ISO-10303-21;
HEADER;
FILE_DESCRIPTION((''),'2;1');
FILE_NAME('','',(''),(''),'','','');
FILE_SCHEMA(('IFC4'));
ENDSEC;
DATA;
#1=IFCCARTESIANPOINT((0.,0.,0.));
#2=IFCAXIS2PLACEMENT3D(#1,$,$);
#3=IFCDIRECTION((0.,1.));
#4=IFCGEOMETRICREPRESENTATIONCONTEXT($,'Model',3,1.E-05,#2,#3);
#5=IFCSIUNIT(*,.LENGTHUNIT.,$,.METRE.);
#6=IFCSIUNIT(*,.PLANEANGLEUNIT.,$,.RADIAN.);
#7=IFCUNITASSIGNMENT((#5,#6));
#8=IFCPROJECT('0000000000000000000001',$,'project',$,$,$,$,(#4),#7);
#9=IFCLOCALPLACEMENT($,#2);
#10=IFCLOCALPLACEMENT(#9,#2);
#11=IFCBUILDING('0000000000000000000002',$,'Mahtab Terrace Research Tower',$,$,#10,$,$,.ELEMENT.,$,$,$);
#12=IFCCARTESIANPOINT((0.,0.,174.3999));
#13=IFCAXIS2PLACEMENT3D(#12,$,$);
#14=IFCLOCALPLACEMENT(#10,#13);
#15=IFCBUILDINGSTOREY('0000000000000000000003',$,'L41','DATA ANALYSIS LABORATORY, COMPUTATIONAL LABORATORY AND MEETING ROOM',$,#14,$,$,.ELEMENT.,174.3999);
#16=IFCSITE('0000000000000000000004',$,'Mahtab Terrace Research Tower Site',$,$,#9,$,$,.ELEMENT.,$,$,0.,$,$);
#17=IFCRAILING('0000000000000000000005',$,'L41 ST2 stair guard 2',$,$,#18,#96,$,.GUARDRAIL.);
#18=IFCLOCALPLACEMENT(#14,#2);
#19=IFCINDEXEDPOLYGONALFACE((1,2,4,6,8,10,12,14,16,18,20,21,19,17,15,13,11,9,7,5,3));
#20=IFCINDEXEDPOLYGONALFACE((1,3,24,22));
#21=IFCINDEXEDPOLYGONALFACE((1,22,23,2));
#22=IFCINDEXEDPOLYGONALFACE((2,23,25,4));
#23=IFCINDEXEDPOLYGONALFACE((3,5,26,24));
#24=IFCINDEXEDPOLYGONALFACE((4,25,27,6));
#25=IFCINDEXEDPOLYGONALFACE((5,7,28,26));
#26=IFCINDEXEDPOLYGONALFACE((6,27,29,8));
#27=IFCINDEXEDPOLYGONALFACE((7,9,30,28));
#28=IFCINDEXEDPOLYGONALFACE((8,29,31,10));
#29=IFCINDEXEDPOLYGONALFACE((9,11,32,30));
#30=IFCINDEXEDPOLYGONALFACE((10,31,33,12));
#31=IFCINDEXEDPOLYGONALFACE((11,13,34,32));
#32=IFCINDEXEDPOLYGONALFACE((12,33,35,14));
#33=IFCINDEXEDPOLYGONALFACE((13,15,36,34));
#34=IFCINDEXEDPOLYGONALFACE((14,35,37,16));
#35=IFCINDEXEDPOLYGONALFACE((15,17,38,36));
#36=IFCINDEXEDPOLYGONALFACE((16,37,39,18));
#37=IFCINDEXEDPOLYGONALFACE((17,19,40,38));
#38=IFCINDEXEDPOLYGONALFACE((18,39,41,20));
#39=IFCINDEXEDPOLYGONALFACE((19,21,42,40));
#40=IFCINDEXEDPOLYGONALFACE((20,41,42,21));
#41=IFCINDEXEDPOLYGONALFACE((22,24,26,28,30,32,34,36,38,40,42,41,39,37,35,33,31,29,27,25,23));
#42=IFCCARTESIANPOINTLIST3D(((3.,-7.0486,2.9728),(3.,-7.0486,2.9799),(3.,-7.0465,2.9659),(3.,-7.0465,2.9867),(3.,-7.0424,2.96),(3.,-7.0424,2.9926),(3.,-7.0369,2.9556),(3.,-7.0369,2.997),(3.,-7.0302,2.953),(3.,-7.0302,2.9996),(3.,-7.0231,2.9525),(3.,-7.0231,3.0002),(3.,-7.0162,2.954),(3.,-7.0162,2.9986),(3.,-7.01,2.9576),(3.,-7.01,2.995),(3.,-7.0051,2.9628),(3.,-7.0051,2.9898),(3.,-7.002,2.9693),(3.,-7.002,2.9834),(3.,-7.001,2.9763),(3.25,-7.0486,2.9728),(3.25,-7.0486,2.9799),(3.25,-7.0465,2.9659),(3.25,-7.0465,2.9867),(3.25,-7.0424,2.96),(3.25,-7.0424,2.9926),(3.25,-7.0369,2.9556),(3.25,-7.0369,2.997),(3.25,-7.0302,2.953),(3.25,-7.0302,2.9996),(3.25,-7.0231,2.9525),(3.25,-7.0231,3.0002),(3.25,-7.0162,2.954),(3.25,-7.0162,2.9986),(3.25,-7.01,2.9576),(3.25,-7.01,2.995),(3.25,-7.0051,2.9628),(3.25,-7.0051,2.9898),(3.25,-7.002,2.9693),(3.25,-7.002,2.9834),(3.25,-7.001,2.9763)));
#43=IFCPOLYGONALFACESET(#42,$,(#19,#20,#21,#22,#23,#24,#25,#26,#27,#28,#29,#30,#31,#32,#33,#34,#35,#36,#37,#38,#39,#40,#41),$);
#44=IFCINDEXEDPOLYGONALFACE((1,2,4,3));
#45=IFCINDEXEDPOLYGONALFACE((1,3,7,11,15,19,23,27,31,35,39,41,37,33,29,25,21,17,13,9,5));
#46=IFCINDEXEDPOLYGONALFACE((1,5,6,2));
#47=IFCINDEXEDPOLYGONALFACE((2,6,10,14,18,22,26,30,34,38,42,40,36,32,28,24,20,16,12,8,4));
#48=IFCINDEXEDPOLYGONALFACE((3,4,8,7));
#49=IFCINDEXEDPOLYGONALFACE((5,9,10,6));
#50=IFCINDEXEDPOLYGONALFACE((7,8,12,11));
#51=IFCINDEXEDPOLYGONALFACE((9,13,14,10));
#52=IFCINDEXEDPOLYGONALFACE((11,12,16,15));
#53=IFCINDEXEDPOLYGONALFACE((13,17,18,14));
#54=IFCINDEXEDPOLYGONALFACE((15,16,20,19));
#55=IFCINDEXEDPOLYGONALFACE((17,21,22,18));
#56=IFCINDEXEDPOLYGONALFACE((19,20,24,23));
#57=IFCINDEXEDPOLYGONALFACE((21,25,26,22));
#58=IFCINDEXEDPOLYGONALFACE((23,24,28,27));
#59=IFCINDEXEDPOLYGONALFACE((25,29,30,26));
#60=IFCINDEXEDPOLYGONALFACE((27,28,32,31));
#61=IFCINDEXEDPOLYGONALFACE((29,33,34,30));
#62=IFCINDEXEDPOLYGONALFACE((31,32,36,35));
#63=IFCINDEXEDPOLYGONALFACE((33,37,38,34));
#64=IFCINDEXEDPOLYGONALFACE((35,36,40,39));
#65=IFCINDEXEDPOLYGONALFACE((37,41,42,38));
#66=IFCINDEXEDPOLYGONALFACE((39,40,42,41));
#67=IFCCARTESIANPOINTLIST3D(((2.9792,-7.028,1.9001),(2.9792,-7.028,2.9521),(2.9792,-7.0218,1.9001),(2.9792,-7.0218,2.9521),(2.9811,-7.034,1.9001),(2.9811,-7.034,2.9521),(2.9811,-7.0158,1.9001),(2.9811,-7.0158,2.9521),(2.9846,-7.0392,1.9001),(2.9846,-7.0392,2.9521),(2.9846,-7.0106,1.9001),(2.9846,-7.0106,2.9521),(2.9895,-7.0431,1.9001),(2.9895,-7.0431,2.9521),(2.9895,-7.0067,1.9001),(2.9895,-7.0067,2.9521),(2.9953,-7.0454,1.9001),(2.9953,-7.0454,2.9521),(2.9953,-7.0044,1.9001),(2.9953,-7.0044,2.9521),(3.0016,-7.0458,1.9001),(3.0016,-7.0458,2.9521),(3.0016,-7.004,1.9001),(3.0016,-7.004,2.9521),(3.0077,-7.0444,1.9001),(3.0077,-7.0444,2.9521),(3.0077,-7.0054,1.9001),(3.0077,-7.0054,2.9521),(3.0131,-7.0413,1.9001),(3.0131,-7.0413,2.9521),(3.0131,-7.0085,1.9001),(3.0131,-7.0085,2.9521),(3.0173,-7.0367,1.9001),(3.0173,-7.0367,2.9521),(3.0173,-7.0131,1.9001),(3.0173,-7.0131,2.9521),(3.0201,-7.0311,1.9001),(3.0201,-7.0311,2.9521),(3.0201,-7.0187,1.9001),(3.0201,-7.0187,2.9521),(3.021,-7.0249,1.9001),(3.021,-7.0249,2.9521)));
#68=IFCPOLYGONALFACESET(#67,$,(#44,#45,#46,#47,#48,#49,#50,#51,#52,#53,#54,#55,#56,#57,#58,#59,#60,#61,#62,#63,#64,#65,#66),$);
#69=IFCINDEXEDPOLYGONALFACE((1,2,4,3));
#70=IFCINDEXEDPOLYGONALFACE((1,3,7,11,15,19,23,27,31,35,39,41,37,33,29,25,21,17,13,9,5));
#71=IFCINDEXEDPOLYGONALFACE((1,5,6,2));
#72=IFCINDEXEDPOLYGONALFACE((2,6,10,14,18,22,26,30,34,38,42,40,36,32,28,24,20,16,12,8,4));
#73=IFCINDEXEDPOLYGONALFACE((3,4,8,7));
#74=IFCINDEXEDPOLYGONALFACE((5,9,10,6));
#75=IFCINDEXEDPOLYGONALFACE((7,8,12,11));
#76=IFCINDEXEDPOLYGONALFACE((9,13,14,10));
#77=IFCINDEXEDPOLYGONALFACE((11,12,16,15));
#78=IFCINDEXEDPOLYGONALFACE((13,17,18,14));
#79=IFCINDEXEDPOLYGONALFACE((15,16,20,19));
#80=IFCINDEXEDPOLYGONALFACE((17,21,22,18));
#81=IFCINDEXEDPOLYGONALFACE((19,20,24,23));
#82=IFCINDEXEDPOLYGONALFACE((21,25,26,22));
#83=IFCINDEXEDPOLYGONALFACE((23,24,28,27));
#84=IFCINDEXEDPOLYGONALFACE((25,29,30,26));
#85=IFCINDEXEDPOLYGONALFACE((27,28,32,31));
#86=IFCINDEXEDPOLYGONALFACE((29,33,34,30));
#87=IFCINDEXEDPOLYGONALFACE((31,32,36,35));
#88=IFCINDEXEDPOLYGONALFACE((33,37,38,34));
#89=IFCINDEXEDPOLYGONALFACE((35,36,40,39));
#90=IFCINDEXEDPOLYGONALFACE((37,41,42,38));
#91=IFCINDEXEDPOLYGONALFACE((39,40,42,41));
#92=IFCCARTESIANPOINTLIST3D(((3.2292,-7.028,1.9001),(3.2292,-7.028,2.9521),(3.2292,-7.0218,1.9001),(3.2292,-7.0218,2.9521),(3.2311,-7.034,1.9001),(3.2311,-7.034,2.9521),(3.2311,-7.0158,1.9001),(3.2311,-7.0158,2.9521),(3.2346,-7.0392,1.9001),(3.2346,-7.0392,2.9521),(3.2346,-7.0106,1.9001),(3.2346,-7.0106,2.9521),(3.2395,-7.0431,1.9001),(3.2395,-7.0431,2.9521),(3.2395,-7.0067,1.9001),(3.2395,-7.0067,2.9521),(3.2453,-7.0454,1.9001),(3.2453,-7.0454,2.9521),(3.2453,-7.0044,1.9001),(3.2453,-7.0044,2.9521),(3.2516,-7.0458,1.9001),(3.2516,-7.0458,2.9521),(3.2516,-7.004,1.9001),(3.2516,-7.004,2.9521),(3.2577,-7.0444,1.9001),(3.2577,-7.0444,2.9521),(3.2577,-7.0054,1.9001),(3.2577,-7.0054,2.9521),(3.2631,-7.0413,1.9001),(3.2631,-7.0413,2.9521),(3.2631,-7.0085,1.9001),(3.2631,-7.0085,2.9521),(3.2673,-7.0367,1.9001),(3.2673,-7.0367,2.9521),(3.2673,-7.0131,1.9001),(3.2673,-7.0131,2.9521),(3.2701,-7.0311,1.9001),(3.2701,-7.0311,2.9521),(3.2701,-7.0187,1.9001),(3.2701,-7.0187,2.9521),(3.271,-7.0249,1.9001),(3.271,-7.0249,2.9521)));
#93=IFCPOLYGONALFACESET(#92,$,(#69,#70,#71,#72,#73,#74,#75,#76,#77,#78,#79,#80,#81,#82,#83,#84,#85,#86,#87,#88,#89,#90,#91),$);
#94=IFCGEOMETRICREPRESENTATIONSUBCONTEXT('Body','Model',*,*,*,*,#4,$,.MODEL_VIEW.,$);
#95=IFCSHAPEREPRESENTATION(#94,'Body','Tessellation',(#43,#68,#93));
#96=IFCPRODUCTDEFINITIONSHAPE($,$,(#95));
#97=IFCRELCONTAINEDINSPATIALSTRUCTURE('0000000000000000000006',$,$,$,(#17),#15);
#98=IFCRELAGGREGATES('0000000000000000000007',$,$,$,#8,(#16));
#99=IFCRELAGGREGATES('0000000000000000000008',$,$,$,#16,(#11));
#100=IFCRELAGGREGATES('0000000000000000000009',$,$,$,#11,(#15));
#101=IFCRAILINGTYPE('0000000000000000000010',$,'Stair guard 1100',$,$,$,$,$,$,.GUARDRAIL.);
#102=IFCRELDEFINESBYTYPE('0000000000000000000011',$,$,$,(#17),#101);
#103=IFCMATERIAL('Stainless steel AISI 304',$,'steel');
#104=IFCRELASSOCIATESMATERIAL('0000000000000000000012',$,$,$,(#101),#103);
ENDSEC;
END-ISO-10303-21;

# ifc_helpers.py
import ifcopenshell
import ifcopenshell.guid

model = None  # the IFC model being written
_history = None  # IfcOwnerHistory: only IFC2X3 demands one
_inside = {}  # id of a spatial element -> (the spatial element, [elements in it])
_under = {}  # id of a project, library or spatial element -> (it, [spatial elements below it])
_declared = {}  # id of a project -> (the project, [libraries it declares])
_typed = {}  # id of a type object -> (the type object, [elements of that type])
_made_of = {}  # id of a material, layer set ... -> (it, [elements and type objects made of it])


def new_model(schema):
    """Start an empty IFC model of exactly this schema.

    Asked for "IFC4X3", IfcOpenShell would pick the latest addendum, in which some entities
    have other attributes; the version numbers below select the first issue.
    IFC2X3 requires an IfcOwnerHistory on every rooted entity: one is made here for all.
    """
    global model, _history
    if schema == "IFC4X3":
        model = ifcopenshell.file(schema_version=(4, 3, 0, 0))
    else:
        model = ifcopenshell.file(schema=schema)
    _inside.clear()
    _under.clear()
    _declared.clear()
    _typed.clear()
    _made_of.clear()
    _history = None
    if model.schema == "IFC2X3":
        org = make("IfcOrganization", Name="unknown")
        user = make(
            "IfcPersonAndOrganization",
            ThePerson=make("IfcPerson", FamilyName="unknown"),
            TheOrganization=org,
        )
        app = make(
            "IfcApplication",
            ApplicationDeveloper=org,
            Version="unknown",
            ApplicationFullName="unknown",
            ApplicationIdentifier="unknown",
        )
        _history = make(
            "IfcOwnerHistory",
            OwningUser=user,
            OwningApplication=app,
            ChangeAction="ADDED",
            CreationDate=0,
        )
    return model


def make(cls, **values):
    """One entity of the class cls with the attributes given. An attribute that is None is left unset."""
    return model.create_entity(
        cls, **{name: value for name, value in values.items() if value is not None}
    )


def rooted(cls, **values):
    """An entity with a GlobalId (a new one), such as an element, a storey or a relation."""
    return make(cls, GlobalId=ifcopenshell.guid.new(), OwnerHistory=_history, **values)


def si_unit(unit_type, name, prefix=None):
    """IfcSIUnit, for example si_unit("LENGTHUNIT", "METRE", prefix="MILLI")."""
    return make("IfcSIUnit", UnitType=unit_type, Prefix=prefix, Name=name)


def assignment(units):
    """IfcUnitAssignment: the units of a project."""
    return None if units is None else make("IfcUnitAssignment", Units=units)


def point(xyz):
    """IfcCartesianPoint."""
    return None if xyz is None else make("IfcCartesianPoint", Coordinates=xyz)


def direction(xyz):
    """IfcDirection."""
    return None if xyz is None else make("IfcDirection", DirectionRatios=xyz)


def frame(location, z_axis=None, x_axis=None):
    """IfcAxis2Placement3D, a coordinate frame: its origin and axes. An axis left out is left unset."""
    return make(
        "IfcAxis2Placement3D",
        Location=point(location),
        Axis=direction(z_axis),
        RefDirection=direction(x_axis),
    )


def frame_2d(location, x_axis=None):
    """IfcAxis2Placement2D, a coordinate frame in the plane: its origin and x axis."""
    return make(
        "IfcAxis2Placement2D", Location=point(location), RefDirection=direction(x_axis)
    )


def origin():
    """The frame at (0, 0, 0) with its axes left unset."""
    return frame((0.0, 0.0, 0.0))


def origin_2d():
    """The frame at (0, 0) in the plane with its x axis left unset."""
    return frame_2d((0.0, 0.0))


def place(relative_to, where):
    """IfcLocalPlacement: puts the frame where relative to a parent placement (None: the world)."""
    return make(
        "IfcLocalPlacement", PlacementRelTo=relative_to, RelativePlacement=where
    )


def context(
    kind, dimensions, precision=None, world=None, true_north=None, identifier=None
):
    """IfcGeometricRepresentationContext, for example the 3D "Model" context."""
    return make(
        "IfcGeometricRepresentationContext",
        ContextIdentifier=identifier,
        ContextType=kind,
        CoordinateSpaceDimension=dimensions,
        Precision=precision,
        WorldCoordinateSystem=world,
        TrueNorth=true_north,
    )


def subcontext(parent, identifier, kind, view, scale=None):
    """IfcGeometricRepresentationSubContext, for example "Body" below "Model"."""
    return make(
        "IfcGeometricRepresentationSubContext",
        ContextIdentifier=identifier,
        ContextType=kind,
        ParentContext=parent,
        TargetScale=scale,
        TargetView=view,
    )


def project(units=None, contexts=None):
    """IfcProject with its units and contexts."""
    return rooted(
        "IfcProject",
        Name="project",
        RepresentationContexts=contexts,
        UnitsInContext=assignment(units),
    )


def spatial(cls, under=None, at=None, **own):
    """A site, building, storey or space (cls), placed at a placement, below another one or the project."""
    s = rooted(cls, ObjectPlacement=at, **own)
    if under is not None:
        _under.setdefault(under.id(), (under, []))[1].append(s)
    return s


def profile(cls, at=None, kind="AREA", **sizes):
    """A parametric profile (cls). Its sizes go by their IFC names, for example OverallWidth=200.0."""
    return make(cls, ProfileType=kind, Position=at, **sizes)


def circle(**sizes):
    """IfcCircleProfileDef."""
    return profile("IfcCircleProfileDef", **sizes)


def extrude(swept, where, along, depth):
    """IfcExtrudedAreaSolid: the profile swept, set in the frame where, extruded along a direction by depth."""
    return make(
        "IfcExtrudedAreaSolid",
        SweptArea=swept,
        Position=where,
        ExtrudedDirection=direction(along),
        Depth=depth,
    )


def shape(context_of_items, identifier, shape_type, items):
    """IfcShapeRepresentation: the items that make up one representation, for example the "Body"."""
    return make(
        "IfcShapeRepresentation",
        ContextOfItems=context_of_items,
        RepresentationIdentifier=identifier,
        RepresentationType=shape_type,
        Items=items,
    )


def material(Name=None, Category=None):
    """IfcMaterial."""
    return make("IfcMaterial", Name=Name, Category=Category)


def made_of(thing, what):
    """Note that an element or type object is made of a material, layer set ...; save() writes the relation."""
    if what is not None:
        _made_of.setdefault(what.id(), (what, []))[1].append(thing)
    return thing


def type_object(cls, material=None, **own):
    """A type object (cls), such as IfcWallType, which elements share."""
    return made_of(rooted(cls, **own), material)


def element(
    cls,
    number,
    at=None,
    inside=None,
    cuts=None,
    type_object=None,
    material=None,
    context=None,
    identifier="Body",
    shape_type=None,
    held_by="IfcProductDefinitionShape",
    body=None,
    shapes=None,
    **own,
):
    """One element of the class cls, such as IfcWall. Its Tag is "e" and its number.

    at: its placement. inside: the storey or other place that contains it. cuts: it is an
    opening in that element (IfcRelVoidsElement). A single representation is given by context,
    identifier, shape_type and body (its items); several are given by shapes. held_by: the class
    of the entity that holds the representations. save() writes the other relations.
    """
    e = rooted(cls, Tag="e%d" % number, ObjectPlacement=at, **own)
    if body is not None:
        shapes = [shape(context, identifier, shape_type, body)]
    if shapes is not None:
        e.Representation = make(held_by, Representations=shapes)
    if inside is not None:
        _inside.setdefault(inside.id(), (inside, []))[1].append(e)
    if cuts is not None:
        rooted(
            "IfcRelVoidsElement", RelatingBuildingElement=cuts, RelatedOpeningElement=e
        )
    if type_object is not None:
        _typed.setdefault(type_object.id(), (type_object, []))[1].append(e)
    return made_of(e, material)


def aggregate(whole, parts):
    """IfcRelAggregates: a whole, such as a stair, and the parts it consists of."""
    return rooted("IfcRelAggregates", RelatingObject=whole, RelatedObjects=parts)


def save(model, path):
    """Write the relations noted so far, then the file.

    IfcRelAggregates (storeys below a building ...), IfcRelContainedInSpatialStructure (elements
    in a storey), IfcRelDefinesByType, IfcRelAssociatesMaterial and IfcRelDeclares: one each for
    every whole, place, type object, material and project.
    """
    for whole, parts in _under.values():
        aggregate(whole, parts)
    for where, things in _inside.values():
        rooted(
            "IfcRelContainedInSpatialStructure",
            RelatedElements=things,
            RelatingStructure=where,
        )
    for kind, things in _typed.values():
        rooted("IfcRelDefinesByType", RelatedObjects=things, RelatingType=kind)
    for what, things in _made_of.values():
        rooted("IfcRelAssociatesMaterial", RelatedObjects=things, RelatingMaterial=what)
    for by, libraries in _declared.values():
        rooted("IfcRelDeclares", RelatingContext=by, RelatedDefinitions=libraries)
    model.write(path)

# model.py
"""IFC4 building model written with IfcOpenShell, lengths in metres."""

from ifc_helpers import new_model, si_unit, direction, frame, origin, origin_2d, place, context, subcontext, project, spatial, circle, extrude, material, type_object, element, save


model = new_model("IFC4")

# Units and contexts
model_context = context("Model", 3, precision=1e-05, world=origin(), true_north=direction((0.0, 1.0)))
body_context = subcontext(model_context, "Body", "Model", "MODEL_VIEW")
ifc_project = project(units=[si_unit("LENGTHUNIT", "METRE"), si_unit("PLANEANGLEUNIT", "RADIAN")], contexts=[model_context])

# Site, building, storey
site_placement = place(None, origin())
site = spatial("IfcSite", under=ifc_project, at=site_placement, Name="Mahtab Terrace Research Tower Site", CompositionType="ELEMENT", RefElevation=0.0)
building_placement = place(site_placement, origin())
building = spatial("IfcBuilding", under=site, at=building_placement, Name="Mahtab Terrace Research Tower", CompositionType="ELEMENT")
storey_placement = place(building_placement, frame((0.0, 0.0, 174.3999)))
storey = spatial("IfcBuildingStorey", under=building, at=storey_placement, Name="L41", Description="DATA ANALYSIS LABORATORY, COMPUTATIONAL LABORATORY AND MEETING ROOM", CompositionType="ELEMENT", Elevation=174.3999)

# Railing
ifc_material_1 = material(Name="Stainless steel AISI 304", Category="steel")
railing_type_1 = type_object("IfcRailingType", Name="Stair guard 1100", PredefinedType="GUARDRAIL", material=ifc_material_1)
railing_1_placement = place(storey_placement, frame((3.0, -7.0249, 1.9001)))
element("IfcRailing", 1, at=railing_1_placement, inside=storey, type_object=railing_type_1, Name="L41 ST2 stair guard 2", PredefinedType="GUARDRAIL", context=body_context, shape_type="SweptSolid", body=[
    extrude(circle(Radius=0.0239, at=origin_2d()), frame((0.0, 0.0, 1.0762), z_axis=(1.0, 0.0, 0.0), x_axis=(0.0, 1.0, 0.0)), (0.0, 0.0, 1.0), 0.25),
    extrude(circle(Radius=0.021, at=origin_2d()), origin(), (0.0, 0.0, 1.0), 1.052),
    extrude(circle(Radius=0.021, at=origin_2d()), frame((0.25, 0.0, 0.0)), (0.0, 0.0, 1.0), 1.052),
])

save(model, "model.ifc")
